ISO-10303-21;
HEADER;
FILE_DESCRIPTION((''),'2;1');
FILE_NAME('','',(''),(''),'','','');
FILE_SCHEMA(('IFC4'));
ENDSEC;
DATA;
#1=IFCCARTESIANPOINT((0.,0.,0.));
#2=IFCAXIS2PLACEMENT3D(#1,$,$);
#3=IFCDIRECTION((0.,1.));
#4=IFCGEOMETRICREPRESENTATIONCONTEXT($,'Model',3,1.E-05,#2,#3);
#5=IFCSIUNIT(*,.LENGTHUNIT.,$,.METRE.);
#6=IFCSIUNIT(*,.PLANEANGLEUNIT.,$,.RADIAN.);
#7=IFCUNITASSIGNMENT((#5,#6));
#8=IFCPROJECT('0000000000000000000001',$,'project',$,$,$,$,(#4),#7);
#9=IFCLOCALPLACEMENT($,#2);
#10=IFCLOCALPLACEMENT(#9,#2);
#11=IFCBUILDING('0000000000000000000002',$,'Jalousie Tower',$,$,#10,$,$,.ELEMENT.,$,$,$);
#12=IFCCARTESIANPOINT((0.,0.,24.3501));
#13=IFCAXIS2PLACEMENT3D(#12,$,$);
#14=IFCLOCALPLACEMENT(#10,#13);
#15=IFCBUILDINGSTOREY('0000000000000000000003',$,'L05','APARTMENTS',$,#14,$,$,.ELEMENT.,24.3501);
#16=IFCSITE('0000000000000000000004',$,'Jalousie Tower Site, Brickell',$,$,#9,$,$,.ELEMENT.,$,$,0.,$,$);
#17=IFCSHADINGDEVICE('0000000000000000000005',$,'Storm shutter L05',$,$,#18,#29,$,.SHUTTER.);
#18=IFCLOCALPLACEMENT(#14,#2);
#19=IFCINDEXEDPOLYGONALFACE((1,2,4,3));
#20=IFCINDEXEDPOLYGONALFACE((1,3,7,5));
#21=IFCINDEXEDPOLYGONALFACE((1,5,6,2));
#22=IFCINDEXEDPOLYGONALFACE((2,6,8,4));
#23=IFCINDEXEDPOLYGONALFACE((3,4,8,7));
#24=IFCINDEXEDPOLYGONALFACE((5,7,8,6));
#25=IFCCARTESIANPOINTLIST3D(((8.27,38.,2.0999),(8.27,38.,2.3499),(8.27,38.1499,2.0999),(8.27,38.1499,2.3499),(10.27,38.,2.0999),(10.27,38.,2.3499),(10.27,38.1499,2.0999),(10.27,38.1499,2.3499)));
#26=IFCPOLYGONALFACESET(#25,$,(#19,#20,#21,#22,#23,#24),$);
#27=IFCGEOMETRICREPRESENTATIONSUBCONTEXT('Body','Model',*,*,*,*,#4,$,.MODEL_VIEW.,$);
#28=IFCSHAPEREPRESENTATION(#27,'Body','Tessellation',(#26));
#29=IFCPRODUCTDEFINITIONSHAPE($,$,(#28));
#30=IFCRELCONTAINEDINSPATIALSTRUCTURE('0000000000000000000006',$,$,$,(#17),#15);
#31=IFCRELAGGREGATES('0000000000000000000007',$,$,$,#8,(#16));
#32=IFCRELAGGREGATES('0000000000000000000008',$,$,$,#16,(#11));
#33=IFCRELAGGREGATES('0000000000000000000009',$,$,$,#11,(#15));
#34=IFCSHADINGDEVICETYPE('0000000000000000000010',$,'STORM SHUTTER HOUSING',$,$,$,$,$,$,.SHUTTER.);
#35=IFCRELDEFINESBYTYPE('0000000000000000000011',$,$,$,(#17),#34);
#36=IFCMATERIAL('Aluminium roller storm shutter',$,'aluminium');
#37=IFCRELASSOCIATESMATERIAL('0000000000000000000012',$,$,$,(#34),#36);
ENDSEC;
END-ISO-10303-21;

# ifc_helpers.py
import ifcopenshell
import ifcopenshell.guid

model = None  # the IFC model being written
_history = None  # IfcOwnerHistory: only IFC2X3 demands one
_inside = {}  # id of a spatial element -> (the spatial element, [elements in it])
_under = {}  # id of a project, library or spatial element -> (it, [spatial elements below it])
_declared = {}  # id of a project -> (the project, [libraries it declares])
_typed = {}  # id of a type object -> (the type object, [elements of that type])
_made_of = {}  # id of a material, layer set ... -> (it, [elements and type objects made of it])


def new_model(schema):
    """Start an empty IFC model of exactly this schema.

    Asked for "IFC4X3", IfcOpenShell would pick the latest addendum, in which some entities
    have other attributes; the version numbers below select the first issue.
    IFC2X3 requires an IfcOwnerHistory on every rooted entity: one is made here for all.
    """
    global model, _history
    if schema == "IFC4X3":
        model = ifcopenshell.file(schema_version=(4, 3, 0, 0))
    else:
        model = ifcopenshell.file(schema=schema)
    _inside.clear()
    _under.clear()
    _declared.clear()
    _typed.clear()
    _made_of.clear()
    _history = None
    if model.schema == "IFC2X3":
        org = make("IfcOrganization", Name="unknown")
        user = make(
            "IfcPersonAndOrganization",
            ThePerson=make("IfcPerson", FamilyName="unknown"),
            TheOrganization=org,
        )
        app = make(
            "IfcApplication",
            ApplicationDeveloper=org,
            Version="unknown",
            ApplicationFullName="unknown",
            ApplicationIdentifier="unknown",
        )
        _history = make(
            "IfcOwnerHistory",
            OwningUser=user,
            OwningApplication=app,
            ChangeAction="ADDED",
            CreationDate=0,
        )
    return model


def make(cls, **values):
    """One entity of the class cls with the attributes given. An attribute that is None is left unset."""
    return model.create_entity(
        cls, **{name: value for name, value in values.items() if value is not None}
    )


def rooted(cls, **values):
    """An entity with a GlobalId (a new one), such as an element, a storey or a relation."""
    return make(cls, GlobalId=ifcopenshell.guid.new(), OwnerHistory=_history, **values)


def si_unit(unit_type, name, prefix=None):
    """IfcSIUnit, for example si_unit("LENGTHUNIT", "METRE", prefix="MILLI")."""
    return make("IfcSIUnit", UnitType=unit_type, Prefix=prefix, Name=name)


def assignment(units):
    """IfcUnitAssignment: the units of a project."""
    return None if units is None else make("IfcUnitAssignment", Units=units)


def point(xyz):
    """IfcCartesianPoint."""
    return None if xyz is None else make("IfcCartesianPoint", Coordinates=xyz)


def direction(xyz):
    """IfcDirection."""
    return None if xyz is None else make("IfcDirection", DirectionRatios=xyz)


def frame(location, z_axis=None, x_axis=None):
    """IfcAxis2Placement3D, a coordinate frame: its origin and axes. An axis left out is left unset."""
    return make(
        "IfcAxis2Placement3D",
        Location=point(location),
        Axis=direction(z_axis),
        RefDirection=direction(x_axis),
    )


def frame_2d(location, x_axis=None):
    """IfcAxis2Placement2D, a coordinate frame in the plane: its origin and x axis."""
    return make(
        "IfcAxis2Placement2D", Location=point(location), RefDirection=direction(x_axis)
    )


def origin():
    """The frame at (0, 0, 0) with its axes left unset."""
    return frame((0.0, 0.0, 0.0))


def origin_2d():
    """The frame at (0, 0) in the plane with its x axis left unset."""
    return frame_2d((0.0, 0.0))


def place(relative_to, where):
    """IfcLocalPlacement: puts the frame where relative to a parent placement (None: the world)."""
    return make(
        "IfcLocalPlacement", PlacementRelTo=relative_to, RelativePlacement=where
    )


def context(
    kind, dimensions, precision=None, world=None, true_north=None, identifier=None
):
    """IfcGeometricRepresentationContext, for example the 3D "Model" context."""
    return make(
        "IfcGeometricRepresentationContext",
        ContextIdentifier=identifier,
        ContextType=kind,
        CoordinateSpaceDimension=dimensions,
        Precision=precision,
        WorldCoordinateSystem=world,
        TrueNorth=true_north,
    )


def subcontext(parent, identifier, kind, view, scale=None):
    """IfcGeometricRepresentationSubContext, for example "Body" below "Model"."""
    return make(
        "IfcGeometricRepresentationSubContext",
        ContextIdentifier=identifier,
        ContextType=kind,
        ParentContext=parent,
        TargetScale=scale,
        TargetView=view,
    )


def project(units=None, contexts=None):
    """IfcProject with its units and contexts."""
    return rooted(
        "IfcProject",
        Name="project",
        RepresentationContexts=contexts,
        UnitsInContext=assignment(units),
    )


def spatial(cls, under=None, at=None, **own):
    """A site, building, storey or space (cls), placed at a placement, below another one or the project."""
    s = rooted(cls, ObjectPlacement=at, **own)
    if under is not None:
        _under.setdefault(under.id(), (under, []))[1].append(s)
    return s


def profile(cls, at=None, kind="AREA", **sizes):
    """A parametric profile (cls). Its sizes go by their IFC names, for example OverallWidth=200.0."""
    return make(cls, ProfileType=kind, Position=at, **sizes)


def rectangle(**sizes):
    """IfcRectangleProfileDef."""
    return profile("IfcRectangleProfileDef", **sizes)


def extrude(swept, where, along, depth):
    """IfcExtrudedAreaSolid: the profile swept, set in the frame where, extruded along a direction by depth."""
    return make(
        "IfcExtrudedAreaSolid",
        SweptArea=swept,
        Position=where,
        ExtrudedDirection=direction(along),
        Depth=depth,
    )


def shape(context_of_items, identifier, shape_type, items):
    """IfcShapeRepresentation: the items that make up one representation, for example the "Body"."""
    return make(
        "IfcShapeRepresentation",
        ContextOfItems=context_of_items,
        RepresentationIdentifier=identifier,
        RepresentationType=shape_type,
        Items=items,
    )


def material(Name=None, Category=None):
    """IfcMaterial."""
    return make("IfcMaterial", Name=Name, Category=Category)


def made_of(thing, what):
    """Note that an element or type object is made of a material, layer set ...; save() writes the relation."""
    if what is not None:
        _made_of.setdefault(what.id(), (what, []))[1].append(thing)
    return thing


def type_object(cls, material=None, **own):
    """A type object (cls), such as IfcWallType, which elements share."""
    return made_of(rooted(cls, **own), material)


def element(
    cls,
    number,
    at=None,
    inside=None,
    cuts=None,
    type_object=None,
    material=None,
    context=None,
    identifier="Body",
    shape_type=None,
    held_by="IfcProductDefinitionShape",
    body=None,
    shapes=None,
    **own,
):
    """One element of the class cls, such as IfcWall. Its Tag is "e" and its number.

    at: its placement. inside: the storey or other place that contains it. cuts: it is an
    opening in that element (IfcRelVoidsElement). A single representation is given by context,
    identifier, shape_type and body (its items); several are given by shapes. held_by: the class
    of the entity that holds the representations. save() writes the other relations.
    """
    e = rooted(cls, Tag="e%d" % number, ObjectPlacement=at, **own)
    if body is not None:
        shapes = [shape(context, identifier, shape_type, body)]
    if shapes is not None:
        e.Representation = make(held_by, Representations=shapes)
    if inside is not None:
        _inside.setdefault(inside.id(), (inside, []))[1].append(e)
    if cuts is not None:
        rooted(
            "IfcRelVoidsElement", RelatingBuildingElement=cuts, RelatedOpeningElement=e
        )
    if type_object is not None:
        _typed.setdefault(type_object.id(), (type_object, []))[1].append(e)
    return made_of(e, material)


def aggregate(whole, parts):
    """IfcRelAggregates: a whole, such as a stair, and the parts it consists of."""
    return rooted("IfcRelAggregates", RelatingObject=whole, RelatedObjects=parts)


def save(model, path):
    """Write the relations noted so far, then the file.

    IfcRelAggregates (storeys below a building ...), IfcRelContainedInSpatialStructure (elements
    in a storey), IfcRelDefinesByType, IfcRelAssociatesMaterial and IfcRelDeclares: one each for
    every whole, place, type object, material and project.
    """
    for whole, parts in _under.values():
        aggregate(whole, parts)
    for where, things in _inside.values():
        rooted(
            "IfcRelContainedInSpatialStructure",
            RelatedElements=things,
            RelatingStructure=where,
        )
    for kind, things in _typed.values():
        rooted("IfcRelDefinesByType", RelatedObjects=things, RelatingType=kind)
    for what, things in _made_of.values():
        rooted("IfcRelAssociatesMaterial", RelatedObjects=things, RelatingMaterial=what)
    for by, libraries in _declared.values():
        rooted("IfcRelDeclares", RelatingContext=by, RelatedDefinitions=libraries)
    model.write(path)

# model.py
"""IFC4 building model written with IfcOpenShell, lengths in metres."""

from ifc_helpers import new_model, si_unit, direction, frame, origin, origin_2d, place, context, subcontext, project, spatial, rectangle, extrude, material, type_object, element, save


model = new_model("IFC4")

# Units and contexts
model_context = context("Model", 3, precision=1e-05, world=origin(), true_north=direction((0.0, 1.0)))
body_context = subcontext(model_context, "Body", "Model", "MODEL_VIEW")
ifc_project = project(units=[si_unit("LENGTHUNIT", "METRE"), si_unit("PLANEANGLEUNIT", "RADIAN")], contexts=[model_context])

# Site, building, storey
site_placement = place(None, origin())
site = spatial("IfcSite", under=ifc_project, at=site_placement, Name="Jalousie Tower Site, Brickell", CompositionType="ELEMENT", RefElevation=0.0)
building_placement = place(site_placement, origin())
building = spatial("IfcBuilding", under=site, at=building_placement, Name="Jalousie Tower", CompositionType="ELEMENT")
storey_placement = place(building_placement, frame((0.0, 0.0, 24.3501)))
storey = spatial("IfcBuildingStorey", under=building, at=storey_placement, Name="L05", Description="APARTMENTS", CompositionType="ELEMENT", Elevation=24.3501)

# Shading device
ifc_material_1 = material(Name="Aluminium roller storm shutter", Category="aluminium")
shading_device_type = type_object("IfcShadingDeviceType", Name="STORM SHUTTER HOUSING", PredefinedType="SHUTTER", material=ifc_material_1)
for number, where, z_axis, x_axis, name in (
    (1, (9.27, 38.075, 2.0999), (0.0, 0.0, 1.0), (-1.0, 0.0, 0.0), "Storm shutter L05"),
):
    element("IfcShadingDevice", number, at=place(storey_placement, frame(where, z_axis=z_axis, x_axis=x_axis)), inside=storey, type_object=shading_device_type, Name=name, PredefinedType="SHUTTER", context=body_context, shape_type="SweptSolid", body=[
        extrude(rectangle(XDim=2.0, YDim=0.1499, at=origin_2d()), origin(), (0.0, 0.0, 1.0), 0.25),
    ])

save(model, "model.ifc")
